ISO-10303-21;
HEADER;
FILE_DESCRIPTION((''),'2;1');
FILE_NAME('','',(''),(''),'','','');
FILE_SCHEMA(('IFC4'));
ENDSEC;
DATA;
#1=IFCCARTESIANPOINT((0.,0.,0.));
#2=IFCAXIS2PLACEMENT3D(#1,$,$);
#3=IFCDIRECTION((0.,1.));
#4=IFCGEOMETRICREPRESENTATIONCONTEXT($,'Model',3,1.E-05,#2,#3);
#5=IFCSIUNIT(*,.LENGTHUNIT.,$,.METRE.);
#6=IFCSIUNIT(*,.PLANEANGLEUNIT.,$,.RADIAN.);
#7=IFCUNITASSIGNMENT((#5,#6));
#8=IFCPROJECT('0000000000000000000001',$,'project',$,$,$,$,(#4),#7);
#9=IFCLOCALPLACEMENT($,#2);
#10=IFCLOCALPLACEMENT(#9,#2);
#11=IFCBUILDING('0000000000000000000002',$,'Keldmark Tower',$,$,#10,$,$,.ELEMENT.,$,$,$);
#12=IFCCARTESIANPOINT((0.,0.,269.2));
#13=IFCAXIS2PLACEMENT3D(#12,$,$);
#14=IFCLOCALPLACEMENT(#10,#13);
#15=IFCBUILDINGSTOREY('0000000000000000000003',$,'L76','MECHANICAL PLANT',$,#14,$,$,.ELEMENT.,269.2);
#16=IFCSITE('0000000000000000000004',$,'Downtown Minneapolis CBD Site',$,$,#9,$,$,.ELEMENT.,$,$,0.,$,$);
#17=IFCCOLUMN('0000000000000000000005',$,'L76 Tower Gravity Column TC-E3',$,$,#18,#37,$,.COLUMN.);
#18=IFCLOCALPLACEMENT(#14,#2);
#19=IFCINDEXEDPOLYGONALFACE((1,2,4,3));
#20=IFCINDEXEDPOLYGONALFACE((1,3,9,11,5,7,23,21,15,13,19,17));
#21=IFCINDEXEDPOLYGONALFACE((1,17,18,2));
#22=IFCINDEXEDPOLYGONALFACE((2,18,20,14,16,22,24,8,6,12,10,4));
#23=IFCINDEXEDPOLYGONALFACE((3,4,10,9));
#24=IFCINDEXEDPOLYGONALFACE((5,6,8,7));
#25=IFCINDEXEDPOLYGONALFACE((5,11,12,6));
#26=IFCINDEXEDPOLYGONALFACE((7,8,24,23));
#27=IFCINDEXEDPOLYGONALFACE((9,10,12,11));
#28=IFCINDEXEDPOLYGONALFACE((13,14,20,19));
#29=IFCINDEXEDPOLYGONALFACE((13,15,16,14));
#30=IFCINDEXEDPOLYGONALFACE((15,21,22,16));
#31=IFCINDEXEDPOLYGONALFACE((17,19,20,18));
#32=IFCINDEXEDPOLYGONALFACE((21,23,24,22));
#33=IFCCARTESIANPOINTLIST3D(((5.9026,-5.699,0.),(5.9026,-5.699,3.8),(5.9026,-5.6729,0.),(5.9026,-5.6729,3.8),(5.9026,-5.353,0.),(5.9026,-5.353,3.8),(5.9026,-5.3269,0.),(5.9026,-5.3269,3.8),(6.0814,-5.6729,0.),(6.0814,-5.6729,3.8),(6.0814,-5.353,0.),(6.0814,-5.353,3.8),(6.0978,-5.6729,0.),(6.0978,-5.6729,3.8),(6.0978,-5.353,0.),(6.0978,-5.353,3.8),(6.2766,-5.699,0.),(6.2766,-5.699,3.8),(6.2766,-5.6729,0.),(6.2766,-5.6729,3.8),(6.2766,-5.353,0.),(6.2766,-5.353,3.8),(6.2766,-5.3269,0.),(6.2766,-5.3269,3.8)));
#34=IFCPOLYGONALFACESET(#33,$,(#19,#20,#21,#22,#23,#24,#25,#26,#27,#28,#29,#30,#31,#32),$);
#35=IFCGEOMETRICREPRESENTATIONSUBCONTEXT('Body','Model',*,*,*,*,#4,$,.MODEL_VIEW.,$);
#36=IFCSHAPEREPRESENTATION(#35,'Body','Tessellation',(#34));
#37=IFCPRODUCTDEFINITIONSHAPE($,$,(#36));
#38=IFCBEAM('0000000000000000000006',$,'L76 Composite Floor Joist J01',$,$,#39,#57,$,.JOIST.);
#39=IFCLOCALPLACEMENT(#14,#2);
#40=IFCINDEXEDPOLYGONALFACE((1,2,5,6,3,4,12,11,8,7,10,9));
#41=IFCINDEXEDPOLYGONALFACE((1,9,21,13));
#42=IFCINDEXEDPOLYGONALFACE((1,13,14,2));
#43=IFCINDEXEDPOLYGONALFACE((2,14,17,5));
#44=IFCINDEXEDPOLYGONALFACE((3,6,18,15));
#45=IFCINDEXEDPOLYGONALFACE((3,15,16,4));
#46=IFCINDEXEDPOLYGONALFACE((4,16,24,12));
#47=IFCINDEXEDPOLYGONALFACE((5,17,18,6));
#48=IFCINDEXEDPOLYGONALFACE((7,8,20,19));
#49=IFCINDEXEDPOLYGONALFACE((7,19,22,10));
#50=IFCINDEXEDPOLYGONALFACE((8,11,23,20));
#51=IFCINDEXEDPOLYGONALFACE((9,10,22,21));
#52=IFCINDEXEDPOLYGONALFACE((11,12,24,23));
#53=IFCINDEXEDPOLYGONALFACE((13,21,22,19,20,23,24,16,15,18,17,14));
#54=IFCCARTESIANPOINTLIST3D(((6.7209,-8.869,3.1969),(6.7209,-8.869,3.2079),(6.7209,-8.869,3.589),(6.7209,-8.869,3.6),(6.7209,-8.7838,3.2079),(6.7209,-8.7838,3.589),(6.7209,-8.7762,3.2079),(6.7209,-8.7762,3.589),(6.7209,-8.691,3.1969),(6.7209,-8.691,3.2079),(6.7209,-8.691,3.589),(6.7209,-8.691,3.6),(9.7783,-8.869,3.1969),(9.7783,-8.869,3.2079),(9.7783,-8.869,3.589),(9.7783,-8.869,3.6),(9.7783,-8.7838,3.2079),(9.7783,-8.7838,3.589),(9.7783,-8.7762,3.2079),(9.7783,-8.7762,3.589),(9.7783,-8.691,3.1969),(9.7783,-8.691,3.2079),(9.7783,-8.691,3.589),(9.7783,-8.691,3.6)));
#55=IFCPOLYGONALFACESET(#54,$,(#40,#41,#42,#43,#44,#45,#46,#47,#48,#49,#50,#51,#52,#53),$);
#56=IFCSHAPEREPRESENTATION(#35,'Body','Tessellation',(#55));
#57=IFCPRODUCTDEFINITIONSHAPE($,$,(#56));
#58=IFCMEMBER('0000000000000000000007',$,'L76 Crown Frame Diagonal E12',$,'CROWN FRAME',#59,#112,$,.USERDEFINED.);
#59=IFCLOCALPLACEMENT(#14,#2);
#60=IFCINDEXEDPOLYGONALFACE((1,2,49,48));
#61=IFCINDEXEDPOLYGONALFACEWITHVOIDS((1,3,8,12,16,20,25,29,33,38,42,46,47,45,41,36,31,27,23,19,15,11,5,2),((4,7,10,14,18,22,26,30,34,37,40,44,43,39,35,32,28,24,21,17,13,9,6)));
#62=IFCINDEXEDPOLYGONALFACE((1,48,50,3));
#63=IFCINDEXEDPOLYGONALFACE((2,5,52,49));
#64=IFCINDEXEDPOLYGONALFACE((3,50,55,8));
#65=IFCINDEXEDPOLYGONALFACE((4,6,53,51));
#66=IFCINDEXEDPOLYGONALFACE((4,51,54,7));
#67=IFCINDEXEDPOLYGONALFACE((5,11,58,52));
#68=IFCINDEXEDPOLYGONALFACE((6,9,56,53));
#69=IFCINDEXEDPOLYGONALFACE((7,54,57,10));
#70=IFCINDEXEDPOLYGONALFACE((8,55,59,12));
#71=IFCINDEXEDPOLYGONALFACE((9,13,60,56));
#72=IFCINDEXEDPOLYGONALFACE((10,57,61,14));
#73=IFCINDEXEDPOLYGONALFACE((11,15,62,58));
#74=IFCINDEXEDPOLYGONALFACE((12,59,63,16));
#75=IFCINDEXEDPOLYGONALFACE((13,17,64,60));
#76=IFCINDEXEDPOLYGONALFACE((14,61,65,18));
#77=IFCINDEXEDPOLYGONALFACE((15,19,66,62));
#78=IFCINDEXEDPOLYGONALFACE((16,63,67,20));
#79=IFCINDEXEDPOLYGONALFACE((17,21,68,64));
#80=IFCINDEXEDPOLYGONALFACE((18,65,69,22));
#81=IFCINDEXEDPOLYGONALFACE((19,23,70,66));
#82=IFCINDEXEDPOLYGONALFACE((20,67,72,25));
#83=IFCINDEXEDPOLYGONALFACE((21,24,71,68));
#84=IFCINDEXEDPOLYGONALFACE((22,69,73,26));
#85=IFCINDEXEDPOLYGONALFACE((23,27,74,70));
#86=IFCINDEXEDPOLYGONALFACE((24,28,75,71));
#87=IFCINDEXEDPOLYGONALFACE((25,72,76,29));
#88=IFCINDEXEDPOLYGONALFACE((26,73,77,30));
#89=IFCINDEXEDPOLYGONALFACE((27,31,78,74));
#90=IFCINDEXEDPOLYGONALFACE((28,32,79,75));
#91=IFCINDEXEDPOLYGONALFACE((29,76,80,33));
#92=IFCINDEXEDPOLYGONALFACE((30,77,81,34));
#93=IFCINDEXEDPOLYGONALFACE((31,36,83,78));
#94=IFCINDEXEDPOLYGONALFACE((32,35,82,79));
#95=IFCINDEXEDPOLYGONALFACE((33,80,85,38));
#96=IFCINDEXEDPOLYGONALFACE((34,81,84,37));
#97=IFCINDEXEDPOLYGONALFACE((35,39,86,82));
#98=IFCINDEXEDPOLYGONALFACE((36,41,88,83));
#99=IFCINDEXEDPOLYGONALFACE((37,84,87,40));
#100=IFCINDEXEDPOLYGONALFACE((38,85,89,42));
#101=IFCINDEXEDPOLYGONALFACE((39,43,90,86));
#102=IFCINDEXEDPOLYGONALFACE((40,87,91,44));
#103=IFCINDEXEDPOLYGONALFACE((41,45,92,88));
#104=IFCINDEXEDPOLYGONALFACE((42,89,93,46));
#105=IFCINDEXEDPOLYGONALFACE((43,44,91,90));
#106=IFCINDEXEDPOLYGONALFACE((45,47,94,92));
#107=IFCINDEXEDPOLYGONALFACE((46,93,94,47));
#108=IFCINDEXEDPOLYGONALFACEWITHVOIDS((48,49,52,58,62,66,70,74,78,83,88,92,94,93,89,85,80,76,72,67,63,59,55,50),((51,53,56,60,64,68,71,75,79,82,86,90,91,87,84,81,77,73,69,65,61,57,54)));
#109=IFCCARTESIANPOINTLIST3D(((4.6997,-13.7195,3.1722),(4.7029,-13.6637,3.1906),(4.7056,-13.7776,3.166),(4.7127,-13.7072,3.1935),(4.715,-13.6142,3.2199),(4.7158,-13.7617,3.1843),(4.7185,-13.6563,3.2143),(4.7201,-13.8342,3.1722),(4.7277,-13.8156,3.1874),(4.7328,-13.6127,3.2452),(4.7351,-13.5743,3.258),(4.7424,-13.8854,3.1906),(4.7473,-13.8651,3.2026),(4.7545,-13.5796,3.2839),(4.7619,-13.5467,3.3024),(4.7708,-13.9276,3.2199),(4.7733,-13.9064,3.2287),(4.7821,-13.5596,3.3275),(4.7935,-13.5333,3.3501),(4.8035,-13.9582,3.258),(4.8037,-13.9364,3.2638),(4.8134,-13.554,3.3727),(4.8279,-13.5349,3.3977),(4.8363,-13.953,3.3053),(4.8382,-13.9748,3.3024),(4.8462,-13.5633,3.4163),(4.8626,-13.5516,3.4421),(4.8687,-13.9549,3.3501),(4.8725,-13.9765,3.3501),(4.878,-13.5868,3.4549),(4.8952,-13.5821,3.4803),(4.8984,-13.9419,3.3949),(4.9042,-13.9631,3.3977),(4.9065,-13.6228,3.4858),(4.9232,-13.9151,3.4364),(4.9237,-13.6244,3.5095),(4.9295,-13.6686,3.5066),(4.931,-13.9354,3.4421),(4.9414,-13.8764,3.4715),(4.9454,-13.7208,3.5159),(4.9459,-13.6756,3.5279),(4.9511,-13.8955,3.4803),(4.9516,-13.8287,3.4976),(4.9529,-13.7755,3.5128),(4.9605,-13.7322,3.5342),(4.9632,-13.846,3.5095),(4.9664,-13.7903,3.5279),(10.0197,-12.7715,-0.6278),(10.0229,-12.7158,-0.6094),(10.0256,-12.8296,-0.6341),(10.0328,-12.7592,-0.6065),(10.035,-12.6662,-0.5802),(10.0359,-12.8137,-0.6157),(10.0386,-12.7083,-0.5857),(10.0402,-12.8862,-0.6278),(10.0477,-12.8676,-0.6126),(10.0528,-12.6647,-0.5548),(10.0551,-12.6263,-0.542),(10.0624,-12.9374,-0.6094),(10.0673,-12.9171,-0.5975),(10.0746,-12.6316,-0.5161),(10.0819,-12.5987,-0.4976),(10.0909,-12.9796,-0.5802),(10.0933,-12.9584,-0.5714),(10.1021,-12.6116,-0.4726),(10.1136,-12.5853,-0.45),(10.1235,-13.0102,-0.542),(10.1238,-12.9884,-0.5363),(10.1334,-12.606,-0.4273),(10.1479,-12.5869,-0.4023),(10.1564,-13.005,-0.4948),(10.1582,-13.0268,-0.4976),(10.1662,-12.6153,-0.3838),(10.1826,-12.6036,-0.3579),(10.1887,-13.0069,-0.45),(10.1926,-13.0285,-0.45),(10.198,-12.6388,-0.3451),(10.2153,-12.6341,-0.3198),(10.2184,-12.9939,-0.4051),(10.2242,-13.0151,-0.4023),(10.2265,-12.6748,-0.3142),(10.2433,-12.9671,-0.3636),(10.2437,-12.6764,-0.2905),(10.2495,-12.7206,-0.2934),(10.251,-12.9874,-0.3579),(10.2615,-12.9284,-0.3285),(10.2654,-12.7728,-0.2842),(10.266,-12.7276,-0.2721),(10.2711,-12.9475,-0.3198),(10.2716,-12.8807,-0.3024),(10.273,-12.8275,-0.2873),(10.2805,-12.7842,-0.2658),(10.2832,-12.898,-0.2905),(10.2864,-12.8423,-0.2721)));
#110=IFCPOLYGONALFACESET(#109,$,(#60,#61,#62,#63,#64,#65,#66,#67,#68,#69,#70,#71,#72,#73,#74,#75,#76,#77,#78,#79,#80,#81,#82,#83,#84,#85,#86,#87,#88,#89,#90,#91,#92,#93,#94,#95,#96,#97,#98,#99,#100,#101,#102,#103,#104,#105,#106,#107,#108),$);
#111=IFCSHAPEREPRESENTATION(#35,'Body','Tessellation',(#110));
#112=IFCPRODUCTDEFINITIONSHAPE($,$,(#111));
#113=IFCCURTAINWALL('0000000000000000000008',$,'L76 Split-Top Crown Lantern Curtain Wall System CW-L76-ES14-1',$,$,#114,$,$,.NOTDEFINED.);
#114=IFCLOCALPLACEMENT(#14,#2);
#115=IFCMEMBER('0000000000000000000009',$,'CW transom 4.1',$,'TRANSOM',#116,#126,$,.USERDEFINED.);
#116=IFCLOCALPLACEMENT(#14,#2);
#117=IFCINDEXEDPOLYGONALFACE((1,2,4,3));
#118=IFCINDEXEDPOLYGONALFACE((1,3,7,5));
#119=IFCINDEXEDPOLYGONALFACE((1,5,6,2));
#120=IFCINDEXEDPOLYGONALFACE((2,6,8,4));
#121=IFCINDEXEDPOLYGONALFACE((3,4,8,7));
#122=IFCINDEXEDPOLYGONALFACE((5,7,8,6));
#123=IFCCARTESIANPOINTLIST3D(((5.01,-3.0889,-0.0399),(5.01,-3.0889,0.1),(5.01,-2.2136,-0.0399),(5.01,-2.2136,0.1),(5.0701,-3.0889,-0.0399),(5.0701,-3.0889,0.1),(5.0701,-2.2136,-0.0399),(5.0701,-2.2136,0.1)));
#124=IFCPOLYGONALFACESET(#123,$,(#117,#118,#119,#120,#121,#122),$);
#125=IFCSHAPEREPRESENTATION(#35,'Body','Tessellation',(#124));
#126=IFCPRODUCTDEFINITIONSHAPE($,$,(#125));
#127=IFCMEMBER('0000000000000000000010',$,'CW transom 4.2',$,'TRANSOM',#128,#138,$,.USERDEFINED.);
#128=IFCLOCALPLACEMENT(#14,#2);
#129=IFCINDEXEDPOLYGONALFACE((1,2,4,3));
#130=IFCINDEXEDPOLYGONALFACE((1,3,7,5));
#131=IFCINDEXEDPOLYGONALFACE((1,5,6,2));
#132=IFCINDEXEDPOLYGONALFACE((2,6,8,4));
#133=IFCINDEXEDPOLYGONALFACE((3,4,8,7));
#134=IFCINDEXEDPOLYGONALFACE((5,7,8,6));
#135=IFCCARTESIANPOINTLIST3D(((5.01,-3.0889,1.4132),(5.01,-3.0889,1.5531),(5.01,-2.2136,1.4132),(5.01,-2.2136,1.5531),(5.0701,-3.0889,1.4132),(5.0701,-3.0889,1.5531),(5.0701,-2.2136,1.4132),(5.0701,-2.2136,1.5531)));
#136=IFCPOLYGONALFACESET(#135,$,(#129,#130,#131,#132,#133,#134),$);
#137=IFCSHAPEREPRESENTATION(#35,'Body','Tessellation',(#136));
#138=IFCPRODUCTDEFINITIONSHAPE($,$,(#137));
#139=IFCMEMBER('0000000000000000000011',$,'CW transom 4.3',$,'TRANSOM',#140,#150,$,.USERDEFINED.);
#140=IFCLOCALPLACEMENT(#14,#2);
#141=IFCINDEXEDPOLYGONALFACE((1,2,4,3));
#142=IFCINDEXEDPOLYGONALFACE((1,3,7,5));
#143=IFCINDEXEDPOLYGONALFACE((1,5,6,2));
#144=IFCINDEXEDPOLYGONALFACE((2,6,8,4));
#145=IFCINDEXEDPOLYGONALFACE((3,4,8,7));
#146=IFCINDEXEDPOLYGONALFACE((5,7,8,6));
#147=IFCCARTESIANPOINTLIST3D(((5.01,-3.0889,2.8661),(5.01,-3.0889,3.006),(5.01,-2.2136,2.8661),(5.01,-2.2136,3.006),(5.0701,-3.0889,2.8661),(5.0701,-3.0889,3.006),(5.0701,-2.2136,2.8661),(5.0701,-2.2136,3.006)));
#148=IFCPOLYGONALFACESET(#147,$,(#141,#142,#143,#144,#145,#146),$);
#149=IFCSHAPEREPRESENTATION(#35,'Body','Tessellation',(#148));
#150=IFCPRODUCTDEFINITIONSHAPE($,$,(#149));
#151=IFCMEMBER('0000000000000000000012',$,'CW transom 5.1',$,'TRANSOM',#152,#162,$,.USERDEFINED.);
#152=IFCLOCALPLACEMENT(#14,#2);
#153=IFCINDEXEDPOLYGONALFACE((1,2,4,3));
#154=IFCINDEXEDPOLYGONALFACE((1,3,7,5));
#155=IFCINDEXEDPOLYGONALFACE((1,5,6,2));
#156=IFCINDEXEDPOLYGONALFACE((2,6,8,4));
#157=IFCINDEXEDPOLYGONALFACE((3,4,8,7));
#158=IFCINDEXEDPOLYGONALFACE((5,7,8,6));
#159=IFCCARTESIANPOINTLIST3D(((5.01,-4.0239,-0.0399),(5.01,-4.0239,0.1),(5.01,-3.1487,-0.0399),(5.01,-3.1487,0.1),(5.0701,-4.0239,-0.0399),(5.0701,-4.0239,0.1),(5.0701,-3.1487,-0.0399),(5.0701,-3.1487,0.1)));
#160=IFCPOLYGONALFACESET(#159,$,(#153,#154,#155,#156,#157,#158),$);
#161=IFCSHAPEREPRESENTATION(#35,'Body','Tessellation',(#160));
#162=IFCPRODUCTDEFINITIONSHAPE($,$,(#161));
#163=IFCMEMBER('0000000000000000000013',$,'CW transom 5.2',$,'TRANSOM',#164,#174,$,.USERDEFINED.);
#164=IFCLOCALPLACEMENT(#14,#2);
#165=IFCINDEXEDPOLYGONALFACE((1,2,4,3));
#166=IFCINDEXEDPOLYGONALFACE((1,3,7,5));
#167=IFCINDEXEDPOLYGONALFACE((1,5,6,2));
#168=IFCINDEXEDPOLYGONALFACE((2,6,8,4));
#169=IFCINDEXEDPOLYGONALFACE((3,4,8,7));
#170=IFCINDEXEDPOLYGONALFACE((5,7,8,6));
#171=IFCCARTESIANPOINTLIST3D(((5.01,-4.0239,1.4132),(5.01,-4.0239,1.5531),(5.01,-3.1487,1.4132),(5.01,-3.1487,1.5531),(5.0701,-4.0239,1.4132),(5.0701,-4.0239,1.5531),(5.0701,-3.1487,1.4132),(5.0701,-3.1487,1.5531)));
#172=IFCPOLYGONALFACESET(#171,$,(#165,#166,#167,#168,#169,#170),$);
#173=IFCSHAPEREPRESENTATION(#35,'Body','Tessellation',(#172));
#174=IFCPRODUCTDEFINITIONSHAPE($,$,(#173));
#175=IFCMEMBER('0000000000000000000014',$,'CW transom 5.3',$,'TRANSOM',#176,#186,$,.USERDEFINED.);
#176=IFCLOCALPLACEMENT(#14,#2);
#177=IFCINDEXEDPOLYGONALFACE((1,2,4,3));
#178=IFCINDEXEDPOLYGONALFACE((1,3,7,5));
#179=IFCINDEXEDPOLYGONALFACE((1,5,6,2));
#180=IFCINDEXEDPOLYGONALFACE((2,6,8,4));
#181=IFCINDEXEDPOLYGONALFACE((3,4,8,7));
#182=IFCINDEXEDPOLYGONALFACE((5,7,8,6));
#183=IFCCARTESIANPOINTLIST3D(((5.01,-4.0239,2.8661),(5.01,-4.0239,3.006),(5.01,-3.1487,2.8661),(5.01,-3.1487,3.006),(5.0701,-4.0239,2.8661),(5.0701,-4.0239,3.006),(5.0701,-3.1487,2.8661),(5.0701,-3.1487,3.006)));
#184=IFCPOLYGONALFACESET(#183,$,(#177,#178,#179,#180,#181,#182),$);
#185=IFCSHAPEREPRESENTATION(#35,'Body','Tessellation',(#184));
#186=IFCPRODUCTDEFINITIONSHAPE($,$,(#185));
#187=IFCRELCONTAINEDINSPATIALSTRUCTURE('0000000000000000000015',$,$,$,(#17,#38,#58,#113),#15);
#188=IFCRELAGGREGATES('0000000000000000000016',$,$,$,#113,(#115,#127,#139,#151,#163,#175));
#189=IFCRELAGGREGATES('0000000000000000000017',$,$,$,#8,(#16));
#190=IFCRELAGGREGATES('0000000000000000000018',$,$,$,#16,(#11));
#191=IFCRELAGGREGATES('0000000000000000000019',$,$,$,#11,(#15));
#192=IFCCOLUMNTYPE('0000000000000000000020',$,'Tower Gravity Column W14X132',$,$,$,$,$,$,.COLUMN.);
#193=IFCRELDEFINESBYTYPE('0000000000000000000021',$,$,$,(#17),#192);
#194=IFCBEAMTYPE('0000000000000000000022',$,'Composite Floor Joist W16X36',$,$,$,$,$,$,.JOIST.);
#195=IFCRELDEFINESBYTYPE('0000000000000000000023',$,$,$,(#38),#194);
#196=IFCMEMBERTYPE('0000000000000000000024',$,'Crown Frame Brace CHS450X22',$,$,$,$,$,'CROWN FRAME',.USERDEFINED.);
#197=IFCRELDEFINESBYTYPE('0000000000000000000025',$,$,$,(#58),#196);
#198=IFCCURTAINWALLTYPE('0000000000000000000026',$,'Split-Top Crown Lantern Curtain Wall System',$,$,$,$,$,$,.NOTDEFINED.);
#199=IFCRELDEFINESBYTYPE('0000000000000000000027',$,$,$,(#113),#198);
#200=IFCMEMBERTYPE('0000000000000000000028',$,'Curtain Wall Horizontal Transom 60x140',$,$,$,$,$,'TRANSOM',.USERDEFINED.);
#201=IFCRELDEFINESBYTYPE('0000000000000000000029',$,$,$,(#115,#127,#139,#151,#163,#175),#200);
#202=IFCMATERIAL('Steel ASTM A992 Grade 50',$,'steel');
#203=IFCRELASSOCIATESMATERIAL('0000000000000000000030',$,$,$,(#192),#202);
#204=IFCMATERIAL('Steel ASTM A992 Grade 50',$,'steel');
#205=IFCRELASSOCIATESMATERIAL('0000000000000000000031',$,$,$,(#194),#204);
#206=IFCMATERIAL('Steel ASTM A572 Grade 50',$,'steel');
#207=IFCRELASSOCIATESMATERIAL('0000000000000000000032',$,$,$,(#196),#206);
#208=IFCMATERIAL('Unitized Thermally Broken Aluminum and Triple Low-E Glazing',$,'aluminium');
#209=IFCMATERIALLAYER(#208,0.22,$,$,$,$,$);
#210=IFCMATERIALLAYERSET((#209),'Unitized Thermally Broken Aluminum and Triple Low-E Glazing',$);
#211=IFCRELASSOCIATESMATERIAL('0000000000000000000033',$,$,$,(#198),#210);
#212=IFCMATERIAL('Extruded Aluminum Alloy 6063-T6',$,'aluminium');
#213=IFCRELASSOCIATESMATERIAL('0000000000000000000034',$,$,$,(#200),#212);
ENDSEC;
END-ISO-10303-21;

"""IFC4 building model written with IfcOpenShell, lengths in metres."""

from ifc_helpers import new_model, si_unit, direction, frame, origin, origin_2d, place, context, subcontext, project, spatial, rectangle, hollow_circle, i_section, extrude, material, layer, layer_set, material_profile, profile_set, type_object, element, aggregate, save


model = new_model("IFC4")

# Units and contexts
model_context = context("Model", 3, precision=1e-05, world=origin(), true_north=direction((0.0, 1.0)))
body_context = subcontext(model_context, "Body", "Model", "MODEL_VIEW")
ifc_project = project(units=[si_unit("LENGTHUNIT", "METRE"), si_unit("PLANEANGLEUNIT", "RADIAN")], contexts=[model_context])

# Site, building, storey
site_placement = place(None, origin())
site = spatial("IfcSite", under=ifc_project, at=site_placement, Name="Downtown Minneapolis CBD Site", CompositionType="ELEMENT", RefElevation=0.0)
building_placement = place(site_placement, origin())
building = spatial("IfcBuilding", under=site, at=building_placement, Name="Keldmark Tower", CompositionType="ELEMENT")
storey_placement = place(building_placement, frame((0.0, 0.0, 269.2)))
storey = spatial("IfcBuildingStorey", under=building, at=storey_placement, Name="L76", Description="MECHANICAL PLANT", CompositionType="ELEMENT", Elevation=269.2)

# Column
ifc_material_1 = material(Name="Steel ASTM A992 Grade 50", Category="steel")
ifc_material_profile_1 = material_profile(ifc_material_1, i_section(OverallWidth=0.374, OverallDepth=0.3721, WebThickness=0.0164, FlangeThickness=0.0261, at=origin_2d()), Name="W14X132")
ifc_profile_set_1 = profile_set([ifc_material_profile_1], Name="Steel ASTM A992 Grade 50")
column_type = type_object("IfcColumnType", Name="Tower Gravity Column W14X132", PredefinedType="COLUMN", material=ifc_profile_set_1)
column_placement = place(storey_placement, frame((6.0896, -5.5129, 0.0), z_axis=(0.0, 0.0, 1.0), x_axis=(1.0, 0.0, 0.0)))
element("IfcColumn", 1, at=column_placement, inside=storey, type_object=column_type, Name="L76 Tower Gravity Column TC-E3", PredefinedType="COLUMN", context=body_context, shape_type="SweptSolid", body=[
    extrude(i_section(OverallWidth=0.374, OverallDepth=0.3721, WebThickness=0.0164, FlangeThickness=0.0261, at=origin_2d()), origin(), (0.0, 0.0, 1.0), 3.8),
])

# Beam
ifc_material_2 = material(Name="Steel ASTM A992 Grade 50", Category="steel")
ifc_material_profile_2 = material_profile(ifc_material_2, i_section(OverallWidth=0.178, OverallDepth=0.4031, WebThickness=0.0076, FlangeThickness=0.011, at=origin_2d()), Name="W16X36")
ifc_profile_set_2 = profile_set([ifc_material_profile_2], Name="Steel ASTM A992 Grade 50")
beam_type_1 = type_object("IfcBeamType", Name="Composite Floor Joist W16X36", PredefinedType="JOIST", material=ifc_profile_set_2)
beam_1_placement = place(storey_placement, frame((6.7209, -8.78, 3.3984), z_axis=(1.0, 0.0, 0.0), x_axis=(0.0, 1.0, 0.0)))
element("IfcBeam", 2, at=beam_1_placement, inside=storey, type_object=beam_type_1, Name="L76 Composite Floor Joist J01", PredefinedType="JOIST", context=body_context, shape_type="SweptSolid", body=[
    extrude(i_section(OverallWidth=0.178, OverallDepth=0.4031, WebThickness=0.0076, FlangeThickness=0.011, at=origin_2d()), origin(), (0.0, 0.0, 1.0), 3.0574),
])

# Member
ifc_material_3 = material(Name="Steel ASTM A572 Grade 50", Category="steel")
ifc_material_profile_3 = material_profile(ifc_material_3, hollow_circle(Radius=0.2251, WallThickness=0.022, at=origin_2d()), Name="CHS450X22")
ifc_profile_set_3 = profile_set([ifc_material_profile_3], Name="Steel ASTM A572 Grade 50")
member_type_1 = type_object("IfcMemberType", Name="Crown Frame Brace CHS450X22", ElementType="CROWN FRAME", PredefinedType="USERDEFINED", material=ifc_profile_set_3)
member_1_placement = place(storey_placement, frame((10.1531, -12.8069, -0.45), z_axis=(-0.805312, -0.143501, 0.575223), x_axis=(0.175429, -0.984492, 0.0)))
element("IfcMember", 3, at=member_1_placement, inside=storey, type_object=member_type_1, Name="L76 Crown Frame Diagonal E12", ObjectType="CROWN FRAME", PredefinedType="USERDEFINED", context=body_context, shape_type="SweptSolid", body=[
    extrude(hollow_circle(Radius=0.2251, WallThickness=0.022, at=origin_2d()), origin(), (0.0, 0.0, 1.0), 6.6062),
])

# Curtain wall, members
ifc_material_4 = material(Name="Unitized Thermally Broken Aluminum and Triple Low-E Glazing", Category="aluminium")
ifc_layer_1 = layer(ifc_material_4, 0.22)
ifc_layer_set_1 = layer_set([ifc_layer_1], Name="Unitized Thermally Broken Aluminum and Triple Low-E Glazing")
curtain_wall_type = type_object("IfcCurtainWallType", Name="Split-Top Crown Lantern Curtain Wall System", PredefinedType="NOTDEFINED", material=ifc_layer_set_1)
curtain_wall_placement = place(storey_placement, origin())
curtain_wall = element("IfcCurtainWall", 4, at=curtain_wall_placement, inside=storey, type_object=curtain_wall_type, Name="L76 Split-Top Crown Lantern Curtain Wall System CW-L76-ES14-1", PredefinedType="NOTDEFINED")
ifc_material_5 = material(Name="Extruded Aluminum Alloy 6063-T6", Category="aluminium")
ifc_material_profile_4 = material_profile(ifc_material_5, rectangle(XDim=0.0601, YDim=0.1399, at=origin_2d()), Name="CWT60X140")
ifc_profile_set_4 = profile_set([ifc_material_profile_4], Name="Extruded Aluminum Alloy 6063-T6")
member_type_2 = type_object("IfcMemberType", Name="Curtain Wall Horizontal Transom 60x140", ElementType="TRANSOM", PredefinedType="USERDEFINED", material=ifc_profile_set_4)
member_2_placement = place(storey_placement, frame((5.04, -2.2136, 0.03), z_axis=(0.0, -1.0, 0.0), x_axis=(1.0, 0.0, 0.0)))
member_2 = element("IfcMember", 5, at=member_2_placement, type_object=member_type_2, Name="CW transom 4.1", ObjectType="TRANSOM", PredefinedType="USERDEFINED", context=body_context, shape_type="SweptSolid", body=[
    extrude(rectangle(XDim=0.0601, YDim=0.1399, at=origin_2d()), origin(), (0.0, 0.0, 1.0), 0.8752),
])
member_3_placement = place(storey_placement, frame((5.04, -2.2136, 1.4832), z_axis=(0.0, -1.0, 0.0), x_axis=(1.0, 0.0, 0.0)))
member_3 = element("IfcMember", 6, at=member_3_placement, type_object=member_type_2, Name="CW transom 4.2", ObjectType="TRANSOM", PredefinedType="USERDEFINED", context=body_context, shape_type="SweptSolid", body=[
    extrude(rectangle(XDim=0.0601, YDim=0.1399, at=origin_2d()), origin(), (0.0, 0.0, 1.0), 0.8752),
])
member_4_placement = place(storey_placement, frame((5.04, -2.2136, 2.936), z_axis=(0.0, -1.0, 0.0), x_axis=(1.0, 0.0, 0.0)))
member_4 = element("IfcMember", 7, at=member_4_placement, type_object=member_type_2, Name="CW transom 4.3", ObjectType="TRANSOM", PredefinedType="USERDEFINED", context=body_context, shape_type="SweptSolid", body=[
    extrude(rectangle(XDim=0.0601, YDim=0.1399, at=origin_2d()), origin(), (0.0, 0.0, 1.0), 0.8752),
])
member_5_placement = place(storey_placement, frame((5.04, -3.1487, 0.03), z_axis=(0.0, -1.0, 0.0), x_axis=(1.0, 0.0, 0.0)))
member_5 = element("IfcMember", 8, at=member_5_placement, type_object=member_type_2, Name="CW transom 5.1", ObjectType="TRANSOM", PredefinedType="USERDEFINED", context=body_context, shape_type="SweptSolid", body=[
    extrude(rectangle(XDim=0.0601, YDim=0.1399, at=origin_2d()), origin(), (0.0, 0.0, 1.0), 0.8752),
])
member_6_placement = place(storey_placement, frame((5.04, -3.1487, 1.4832), z_axis=(0.0, -1.0, 0.0), x_axis=(1.0, 0.0, 0.0)))
member_6 = element("IfcMember", 9, at=member_6_placement, type_object=member_type_2, Name="CW transom 5.2", ObjectType="TRANSOM", PredefinedType="USERDEFINED", context=body_context, shape_type="SweptSolid", body=[
    extrude(rectangle(XDim=0.0601, YDim=0.1399, at=origin_2d()), origin(), (0.0, 0.0, 1.0), 0.8752),
])
member_7_placement = place(storey_placement, frame((5.04, -3.1487, 2.936), z_axis=(0.0, -1.0, 0.0), x_axis=(1.0, 0.0, 0.0)))
member_7 = element("IfcMember", 10, at=member_7_placement, type_object=member_type_2, Name="CW transom 5.3", ObjectType="TRANSOM", PredefinedType="USERDEFINED", context=body_context, shape_type="SweptSolid", body=[
    extrude(rectangle(XDim=0.0601, YDim=0.1399, at=origin_2d()), origin(), (0.0, 0.0, 1.0), 0.8752),
])

aggregate(curtain_wall, [member_2, member_3, member_4, member_5, member_6, member_7])

save(model, "model.ifc")
